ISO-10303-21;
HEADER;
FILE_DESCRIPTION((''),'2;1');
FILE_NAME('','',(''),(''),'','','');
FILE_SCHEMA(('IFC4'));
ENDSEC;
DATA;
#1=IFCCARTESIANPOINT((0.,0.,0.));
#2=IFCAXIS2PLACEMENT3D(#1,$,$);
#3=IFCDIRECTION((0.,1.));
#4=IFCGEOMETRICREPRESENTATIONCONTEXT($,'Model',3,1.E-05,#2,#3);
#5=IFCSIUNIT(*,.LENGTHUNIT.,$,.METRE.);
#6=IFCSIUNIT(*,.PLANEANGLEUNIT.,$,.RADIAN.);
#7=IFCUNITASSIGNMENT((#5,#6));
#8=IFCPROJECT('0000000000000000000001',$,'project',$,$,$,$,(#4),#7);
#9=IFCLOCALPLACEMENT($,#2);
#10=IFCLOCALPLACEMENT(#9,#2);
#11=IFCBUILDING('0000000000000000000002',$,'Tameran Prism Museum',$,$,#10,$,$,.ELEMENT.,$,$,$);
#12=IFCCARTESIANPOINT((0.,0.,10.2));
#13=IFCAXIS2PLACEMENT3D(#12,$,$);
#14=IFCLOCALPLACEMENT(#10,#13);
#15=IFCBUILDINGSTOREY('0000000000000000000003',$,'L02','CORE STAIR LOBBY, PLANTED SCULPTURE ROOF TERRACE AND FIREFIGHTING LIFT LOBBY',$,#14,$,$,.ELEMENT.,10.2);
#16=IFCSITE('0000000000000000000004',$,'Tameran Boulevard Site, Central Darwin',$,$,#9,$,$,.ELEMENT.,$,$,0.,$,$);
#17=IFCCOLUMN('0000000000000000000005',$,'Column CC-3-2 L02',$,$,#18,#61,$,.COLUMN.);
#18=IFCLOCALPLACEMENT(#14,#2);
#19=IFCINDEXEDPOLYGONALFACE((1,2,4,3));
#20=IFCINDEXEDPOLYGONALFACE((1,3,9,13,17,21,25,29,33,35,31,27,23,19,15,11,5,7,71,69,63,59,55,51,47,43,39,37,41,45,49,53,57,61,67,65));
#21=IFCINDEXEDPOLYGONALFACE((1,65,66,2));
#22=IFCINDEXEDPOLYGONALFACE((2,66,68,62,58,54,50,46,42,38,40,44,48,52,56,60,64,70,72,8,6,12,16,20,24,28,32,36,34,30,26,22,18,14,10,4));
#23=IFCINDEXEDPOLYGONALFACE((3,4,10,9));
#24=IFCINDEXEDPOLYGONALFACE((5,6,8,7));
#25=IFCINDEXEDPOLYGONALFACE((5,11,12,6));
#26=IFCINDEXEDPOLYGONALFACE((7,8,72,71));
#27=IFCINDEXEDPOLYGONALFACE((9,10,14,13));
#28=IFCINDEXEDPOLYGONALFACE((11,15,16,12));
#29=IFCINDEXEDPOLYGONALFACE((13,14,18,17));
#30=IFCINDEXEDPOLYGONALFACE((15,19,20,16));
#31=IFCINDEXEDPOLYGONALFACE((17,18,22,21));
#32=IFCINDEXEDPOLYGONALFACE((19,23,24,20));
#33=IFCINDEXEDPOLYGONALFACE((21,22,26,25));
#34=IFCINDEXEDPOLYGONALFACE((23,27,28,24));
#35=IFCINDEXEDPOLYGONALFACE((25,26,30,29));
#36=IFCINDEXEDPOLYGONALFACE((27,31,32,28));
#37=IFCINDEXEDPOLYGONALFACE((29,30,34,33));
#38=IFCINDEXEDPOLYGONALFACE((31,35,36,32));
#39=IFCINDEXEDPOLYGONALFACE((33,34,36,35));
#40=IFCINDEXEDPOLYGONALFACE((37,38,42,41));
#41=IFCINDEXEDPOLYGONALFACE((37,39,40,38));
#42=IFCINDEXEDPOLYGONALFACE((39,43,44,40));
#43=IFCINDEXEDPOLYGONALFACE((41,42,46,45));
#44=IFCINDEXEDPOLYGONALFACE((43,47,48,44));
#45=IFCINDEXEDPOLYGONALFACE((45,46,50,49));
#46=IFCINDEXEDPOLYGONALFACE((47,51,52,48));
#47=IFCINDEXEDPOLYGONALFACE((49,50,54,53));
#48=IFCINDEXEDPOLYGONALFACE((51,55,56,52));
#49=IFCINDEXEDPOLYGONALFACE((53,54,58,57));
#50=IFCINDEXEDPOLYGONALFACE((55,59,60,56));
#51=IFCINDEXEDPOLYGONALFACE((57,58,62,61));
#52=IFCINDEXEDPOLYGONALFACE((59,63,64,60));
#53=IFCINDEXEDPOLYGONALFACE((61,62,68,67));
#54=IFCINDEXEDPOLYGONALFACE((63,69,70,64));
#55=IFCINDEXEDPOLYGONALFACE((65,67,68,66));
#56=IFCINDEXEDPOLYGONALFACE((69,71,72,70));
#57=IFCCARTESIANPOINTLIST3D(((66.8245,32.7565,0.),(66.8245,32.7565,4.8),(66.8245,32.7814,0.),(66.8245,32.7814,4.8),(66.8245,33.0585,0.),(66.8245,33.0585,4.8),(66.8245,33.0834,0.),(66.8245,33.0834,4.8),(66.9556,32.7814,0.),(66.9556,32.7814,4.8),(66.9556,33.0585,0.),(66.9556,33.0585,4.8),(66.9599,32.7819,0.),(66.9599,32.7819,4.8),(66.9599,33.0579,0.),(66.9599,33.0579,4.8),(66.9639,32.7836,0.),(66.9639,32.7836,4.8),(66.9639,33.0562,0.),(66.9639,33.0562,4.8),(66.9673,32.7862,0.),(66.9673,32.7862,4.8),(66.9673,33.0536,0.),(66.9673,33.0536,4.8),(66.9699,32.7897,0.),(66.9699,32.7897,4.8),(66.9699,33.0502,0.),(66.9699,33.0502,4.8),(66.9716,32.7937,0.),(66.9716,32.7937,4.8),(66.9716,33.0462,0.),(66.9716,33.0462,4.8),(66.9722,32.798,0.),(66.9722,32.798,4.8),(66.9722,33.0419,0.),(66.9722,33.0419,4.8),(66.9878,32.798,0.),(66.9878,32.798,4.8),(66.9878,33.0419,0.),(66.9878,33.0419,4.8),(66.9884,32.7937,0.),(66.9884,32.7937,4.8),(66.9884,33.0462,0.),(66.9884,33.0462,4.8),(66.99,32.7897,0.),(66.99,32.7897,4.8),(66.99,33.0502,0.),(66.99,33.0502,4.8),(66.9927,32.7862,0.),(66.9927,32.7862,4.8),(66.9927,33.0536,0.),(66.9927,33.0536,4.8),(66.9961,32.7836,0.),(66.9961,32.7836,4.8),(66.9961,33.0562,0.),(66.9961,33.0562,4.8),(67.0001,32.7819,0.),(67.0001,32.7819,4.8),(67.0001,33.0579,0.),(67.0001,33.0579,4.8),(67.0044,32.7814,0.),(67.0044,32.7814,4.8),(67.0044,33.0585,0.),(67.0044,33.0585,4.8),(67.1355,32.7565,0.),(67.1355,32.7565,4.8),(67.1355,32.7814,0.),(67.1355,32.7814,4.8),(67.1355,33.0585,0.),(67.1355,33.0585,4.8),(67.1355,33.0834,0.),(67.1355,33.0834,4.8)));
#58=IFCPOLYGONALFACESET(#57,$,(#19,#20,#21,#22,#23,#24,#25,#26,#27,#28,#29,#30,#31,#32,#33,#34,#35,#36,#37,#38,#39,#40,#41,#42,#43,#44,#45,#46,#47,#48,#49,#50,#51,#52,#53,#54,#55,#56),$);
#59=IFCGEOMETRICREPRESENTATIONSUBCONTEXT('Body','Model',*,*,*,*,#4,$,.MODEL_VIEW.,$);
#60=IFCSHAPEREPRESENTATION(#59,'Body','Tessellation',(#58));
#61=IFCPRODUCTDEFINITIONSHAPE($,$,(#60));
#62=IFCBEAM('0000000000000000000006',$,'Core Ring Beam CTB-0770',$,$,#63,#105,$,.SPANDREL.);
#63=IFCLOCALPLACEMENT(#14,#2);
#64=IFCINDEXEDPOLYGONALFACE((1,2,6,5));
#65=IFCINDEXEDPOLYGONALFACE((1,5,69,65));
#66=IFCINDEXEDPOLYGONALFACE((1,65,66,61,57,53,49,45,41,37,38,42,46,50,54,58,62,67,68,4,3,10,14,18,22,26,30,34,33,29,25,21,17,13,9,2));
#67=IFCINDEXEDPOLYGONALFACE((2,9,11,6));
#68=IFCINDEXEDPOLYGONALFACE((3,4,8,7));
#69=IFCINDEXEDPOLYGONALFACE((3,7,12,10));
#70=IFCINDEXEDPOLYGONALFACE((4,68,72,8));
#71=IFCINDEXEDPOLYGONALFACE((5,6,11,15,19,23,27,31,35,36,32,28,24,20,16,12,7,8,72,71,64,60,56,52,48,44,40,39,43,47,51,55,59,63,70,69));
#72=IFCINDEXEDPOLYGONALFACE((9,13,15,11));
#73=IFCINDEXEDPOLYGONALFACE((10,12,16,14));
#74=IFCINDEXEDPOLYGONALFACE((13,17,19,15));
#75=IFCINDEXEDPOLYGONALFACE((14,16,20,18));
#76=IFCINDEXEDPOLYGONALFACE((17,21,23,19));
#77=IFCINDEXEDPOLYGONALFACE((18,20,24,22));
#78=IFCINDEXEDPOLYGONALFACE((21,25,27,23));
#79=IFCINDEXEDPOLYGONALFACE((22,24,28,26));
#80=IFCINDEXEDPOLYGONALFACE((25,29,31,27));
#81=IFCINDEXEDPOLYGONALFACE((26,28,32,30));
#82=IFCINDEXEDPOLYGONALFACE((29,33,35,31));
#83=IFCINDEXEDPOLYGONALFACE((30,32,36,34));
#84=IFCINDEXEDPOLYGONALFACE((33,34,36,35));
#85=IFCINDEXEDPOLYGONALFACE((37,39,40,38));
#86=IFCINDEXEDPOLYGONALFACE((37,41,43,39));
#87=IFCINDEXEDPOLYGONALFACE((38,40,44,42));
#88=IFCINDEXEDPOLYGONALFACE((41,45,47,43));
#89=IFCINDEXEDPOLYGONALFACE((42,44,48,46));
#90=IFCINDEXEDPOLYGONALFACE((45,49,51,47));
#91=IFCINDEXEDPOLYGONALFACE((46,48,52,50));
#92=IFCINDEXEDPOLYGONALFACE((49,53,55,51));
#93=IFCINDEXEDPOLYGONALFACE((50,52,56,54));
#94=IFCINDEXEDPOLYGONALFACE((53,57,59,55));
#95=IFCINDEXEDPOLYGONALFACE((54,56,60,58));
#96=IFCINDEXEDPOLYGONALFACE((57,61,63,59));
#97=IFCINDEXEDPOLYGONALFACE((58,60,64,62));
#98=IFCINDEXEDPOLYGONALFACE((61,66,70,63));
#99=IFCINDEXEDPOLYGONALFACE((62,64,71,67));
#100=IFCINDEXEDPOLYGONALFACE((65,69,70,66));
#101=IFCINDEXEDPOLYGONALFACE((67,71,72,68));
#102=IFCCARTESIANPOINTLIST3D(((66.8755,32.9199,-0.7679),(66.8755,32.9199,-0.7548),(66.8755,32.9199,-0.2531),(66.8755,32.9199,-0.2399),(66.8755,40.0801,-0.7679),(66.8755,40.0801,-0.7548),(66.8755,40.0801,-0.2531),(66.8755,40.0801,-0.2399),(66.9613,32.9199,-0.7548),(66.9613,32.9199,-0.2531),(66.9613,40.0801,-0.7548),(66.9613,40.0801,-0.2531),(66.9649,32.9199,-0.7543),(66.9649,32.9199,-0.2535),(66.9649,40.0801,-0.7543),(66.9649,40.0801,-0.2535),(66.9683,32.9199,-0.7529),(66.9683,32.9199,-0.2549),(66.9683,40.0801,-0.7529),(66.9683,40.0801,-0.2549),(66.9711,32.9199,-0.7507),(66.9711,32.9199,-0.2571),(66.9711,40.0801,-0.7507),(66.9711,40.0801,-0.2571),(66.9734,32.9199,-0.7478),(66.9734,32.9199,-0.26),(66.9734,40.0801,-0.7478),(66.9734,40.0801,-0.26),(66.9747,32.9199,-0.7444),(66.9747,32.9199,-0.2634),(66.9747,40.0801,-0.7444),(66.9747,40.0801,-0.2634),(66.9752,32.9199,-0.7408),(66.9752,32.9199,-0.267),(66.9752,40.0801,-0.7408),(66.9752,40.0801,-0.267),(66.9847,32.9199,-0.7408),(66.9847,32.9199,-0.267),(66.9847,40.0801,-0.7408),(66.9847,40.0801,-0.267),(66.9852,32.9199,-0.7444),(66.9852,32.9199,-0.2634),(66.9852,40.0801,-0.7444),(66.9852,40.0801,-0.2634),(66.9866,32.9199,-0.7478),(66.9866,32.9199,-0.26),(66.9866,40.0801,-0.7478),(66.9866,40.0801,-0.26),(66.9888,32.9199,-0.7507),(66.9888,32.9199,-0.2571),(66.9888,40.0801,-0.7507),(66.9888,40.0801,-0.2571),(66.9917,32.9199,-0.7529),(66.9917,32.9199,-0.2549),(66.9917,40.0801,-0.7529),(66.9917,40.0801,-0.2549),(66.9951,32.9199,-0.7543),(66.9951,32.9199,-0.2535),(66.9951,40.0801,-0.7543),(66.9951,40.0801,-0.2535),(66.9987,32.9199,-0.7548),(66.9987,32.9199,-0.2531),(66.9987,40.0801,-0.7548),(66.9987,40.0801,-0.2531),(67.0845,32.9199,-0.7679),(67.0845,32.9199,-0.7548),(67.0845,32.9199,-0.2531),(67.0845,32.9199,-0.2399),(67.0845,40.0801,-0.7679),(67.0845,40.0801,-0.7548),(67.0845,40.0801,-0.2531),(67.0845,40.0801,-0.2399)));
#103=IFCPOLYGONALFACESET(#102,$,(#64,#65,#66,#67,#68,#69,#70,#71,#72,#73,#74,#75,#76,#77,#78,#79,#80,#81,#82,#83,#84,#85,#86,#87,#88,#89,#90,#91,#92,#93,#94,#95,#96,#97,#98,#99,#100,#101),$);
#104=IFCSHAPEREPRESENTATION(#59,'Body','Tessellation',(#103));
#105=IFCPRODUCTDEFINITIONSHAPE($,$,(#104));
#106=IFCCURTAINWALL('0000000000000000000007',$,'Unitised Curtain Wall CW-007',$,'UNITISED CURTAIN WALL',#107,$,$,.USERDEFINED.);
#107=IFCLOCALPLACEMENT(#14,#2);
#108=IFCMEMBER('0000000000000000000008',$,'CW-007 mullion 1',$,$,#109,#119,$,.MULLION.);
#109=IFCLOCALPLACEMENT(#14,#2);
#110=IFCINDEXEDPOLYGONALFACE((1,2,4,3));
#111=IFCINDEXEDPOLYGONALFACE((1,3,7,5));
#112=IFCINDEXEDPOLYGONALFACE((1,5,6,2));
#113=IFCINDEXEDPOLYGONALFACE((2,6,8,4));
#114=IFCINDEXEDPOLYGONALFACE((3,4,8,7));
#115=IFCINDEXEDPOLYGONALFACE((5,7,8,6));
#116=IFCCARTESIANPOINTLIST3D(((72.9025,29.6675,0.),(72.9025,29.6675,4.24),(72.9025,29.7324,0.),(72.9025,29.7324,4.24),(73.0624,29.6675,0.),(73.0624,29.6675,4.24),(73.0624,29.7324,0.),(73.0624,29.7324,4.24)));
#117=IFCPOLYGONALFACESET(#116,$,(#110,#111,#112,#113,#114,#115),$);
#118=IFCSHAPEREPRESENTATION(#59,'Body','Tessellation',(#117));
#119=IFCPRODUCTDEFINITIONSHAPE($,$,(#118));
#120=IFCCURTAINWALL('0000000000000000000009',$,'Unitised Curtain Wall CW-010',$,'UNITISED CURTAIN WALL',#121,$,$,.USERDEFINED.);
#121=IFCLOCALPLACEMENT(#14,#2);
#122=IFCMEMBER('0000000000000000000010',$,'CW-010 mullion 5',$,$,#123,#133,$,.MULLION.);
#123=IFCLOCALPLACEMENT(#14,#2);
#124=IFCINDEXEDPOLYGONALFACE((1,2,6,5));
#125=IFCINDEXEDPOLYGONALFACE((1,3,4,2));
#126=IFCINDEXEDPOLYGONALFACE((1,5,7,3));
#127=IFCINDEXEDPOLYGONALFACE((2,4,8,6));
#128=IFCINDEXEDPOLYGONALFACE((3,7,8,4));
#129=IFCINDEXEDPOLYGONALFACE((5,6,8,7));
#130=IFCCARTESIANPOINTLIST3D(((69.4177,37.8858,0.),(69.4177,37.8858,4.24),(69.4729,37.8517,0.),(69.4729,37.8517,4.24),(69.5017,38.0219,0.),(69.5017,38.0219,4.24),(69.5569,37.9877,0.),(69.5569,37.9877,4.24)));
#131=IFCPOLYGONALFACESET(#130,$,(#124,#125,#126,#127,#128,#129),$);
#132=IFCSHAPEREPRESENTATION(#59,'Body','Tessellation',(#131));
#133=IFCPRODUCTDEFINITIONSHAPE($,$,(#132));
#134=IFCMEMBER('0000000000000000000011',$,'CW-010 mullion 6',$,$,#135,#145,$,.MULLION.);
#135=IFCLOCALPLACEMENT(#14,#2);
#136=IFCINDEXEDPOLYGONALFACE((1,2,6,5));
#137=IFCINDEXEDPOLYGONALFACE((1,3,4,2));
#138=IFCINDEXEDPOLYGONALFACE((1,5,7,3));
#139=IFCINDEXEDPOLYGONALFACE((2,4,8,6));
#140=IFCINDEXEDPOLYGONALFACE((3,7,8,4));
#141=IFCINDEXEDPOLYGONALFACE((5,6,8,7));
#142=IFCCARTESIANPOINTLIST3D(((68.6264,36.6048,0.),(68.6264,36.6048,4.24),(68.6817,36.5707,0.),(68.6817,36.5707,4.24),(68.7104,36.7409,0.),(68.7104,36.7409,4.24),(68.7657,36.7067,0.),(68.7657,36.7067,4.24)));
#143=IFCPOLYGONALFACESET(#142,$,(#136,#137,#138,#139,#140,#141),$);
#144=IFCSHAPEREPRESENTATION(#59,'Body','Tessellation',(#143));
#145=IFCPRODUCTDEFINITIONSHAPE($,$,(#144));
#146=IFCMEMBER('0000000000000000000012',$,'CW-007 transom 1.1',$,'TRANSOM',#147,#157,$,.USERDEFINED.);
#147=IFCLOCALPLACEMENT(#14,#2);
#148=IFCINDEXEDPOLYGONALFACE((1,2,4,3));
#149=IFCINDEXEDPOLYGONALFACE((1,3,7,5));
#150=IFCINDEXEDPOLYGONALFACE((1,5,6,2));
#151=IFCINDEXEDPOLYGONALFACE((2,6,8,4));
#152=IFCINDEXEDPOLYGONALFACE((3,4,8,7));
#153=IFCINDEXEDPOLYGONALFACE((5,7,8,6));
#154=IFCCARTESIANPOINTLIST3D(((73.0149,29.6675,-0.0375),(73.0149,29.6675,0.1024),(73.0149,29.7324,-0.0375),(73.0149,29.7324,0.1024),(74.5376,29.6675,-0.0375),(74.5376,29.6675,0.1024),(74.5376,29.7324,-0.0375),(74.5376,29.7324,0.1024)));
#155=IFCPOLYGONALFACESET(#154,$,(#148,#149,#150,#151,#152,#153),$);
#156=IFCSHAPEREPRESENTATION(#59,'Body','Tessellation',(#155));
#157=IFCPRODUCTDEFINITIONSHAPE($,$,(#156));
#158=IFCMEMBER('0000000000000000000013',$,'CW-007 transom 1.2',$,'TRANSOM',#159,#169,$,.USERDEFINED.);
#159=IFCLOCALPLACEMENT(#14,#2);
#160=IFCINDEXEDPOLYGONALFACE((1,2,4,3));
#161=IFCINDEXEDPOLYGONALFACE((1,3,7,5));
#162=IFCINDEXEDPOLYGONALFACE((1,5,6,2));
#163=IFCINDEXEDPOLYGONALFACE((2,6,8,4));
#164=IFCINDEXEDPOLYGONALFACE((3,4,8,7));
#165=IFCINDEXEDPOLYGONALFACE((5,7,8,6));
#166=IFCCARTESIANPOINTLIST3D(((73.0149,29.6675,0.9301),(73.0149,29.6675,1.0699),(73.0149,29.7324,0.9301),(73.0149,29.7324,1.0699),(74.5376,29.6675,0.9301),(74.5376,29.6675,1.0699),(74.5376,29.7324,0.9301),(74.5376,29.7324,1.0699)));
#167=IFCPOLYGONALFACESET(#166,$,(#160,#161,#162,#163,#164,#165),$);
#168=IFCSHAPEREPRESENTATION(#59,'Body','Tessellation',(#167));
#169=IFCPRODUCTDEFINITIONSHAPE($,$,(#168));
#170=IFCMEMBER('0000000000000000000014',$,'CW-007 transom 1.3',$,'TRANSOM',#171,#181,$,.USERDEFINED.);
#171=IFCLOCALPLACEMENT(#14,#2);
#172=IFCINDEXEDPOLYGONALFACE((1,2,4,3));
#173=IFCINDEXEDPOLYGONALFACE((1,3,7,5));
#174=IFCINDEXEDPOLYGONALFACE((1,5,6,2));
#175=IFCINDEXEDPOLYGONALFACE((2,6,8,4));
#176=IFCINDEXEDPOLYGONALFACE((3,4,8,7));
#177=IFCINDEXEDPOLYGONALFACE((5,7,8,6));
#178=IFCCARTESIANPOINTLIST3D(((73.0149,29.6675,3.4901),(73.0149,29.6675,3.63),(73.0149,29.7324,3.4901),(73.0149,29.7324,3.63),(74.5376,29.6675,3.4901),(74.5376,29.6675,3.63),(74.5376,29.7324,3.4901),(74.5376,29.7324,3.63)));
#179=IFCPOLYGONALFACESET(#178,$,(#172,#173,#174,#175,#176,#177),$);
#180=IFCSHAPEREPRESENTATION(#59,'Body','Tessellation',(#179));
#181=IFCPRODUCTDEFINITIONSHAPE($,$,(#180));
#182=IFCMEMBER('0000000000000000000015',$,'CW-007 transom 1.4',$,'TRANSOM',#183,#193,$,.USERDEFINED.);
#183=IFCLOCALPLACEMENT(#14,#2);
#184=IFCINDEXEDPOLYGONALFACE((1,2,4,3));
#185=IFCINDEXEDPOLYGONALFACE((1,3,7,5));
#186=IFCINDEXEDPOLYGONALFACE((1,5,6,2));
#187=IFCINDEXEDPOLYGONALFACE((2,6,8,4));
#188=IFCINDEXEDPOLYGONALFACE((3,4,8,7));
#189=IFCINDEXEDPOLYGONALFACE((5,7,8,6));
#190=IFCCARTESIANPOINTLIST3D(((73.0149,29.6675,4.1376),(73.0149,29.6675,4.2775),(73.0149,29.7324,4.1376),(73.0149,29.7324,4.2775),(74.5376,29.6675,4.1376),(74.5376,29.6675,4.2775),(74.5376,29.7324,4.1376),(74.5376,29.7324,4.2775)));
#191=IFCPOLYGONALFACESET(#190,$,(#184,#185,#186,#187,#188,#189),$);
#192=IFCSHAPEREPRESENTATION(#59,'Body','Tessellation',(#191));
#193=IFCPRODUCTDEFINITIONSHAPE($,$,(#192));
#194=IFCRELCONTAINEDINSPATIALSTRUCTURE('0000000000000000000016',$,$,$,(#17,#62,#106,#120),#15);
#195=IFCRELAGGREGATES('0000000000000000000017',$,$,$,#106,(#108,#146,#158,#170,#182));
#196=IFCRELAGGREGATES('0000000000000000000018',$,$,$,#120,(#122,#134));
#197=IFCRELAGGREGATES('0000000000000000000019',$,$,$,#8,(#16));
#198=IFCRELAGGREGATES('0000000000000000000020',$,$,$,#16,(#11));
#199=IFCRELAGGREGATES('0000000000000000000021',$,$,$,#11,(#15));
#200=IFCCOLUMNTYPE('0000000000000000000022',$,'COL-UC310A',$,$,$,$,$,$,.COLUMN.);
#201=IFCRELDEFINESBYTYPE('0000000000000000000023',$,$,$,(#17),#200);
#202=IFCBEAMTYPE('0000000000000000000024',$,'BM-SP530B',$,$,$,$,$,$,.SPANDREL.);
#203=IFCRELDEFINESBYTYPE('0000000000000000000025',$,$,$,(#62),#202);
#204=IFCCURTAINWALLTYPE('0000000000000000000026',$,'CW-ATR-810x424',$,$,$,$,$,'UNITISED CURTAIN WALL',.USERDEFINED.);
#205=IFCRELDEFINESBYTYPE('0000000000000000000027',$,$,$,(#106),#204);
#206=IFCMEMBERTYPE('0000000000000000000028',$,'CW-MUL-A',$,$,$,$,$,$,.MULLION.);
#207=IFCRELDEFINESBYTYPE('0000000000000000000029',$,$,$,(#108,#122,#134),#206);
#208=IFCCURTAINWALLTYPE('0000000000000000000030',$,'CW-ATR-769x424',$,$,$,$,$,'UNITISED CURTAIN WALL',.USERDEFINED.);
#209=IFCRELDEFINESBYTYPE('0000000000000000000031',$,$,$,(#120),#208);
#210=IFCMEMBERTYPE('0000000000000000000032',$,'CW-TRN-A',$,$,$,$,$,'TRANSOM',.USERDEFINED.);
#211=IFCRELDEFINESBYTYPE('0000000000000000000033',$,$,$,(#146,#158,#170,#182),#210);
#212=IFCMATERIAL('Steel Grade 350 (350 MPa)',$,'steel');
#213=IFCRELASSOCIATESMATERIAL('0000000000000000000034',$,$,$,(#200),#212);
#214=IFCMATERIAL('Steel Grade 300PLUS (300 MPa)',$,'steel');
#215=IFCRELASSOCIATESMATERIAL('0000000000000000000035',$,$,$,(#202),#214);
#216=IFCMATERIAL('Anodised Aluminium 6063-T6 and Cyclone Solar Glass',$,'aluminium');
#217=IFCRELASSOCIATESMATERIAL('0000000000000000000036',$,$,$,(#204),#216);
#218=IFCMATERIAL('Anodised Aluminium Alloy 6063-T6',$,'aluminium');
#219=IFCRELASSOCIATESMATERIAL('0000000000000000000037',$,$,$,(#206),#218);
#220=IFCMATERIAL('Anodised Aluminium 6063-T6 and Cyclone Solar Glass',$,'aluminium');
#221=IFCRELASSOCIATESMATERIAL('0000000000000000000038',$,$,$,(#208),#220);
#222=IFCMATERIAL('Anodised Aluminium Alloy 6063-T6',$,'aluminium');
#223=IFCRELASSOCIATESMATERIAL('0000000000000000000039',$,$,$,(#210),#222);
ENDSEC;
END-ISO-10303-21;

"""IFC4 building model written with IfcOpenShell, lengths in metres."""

from ifc_helpers import new_model, si_unit, direction, frame, origin, origin_2d, place, context, subcontext, project, spatial, rectangle, i_section, extrude, material, material_profile, profile_set, type_object, element, aggregate, save


model = new_model("IFC4")

# Units and contexts
model_context = context("Model", 3, precision=1e-05, world=origin(), true_north=direction((0.0, 1.0)))
body_context = subcontext(model_context, "Body", "Model", "MODEL_VIEW")
ifc_project = project(units=[si_unit("LENGTHUNIT", "METRE"), si_unit("PLANEANGLEUNIT", "RADIAN")], contexts=[model_context])

# Site, building, storey
site_placement = place(None, origin())
site = spatial("IfcSite", under=ifc_project, at=site_placement, Name="Tameran Boulevard Site, Central Darwin", CompositionType="ELEMENT", RefElevation=0.0)
building_placement = place(site_placement, origin())
building = spatial("IfcBuilding", under=site, at=building_placement, Name="Tameran Prism Museum", CompositionType="ELEMENT")
storey_placement = place(building_placement, frame((0.0, 0.0, 10.2)))
storey = spatial("IfcBuildingStorey", under=building, at=storey_placement, Name="L02", Description="CORE STAIR LOBBY, PLANTED SCULPTURE ROOF TERRACE AND FIREFIGHTING LIFT LOBBY", CompositionType="ELEMENT", Elevation=10.2)

# Column
ifc_material_1 = material(Name="Steel Grade 350 (350 MPa)", Category="steel")
ifc_material_profile_1 = material_profile(ifc_material_1, i_section(OverallWidth=0.311, OverallDepth=0.3269, WebThickness=0.0156, FlangeThickness=0.0249, FilletRadius=0.0166, at=origin_2d()))
ifc_profile_set_1 = profile_set([ifc_material_profile_1])
column_type = type_object("IfcColumnType", Name="COL-UC310A", PredefinedType="COLUMN", material=ifc_profile_set_1)
column_placement = place(storey_placement, frame((66.98, 32.9199, 0.0), z_axis=(0.0, 0.0, 1.0), x_axis=(1.0, 0.0, 0.0)))
element("IfcColumn", 1, at=column_placement, inside=storey, type_object=column_type, Name="Column CC-3-2 L02", PredefinedType="COLUMN", context=body_context, shape_type="SweptSolid", body=[
    extrude(i_section(OverallWidth=0.311, OverallDepth=0.3269, WebThickness=0.0156, FlangeThickness=0.0249, FilletRadius=0.0166, at=origin_2d()), origin(), (0.0, 0.0, 1.0), 4.8),
])

# Beam
ifc_material_2 = material(Name="Steel Grade 300PLUS (300 MPa)", Category="steel")
ifc_material_profile_2 = material_profile(ifc_material_2, i_section(OverallWidth=0.209, OverallDepth=0.5281, WebThickness=0.0095, FlangeThickness=0.0132, FilletRadius=0.0139, at=origin_2d()))
ifc_profile_set_2 = profile_set([ifc_material_profile_2])
beam_type = type_object("IfcBeamType", Name="BM-SP530B", PredefinedType="SPANDREL", material=ifc_profile_set_2)
beam_placement = place(storey_placement, frame((66.98, 32.9199, -0.5039), z_axis=(0.0, 1.0, 0.0), x_axis=(-1.0, 0.0, 0.0)))
element("IfcBeam", 2, at=beam_placement, inside=storey, type_object=beam_type, Name="Core Ring Beam CTB-0770", PredefinedType="SPANDREL", context=body_context, shape_type="SweptSolid", body=[
    extrude(i_section(OverallWidth=0.209, OverallDepth=0.5281, WebThickness=0.0095, FlangeThickness=0.0132, FilletRadius=0.0139, at=origin_2d()), origin(), (0.0, 0.0, 1.0), 7.1602),
])

# Curtain wall, member
ifc_material_3 = material(Name="Anodised Aluminium 6063-T6 and Cyclone Solar Glass", Category="aluminium")
curtain_wall_type_1 = type_object("IfcCurtainWallType", Name="CW-ATR-810x424", ElementType="UNITISED CURTAIN WALL", PredefinedType="USERDEFINED", material=ifc_material_3)
curtain_wall_1_placement = place(storey_placement, origin())
curtain_wall_1 = element("IfcCurtainWall", 3, at=curtain_wall_1_placement, inside=storey, type_object=curtain_wall_type_1, Name="Unitised Curtain Wall CW-007", ObjectType="UNITISED CURTAIN WALL", PredefinedType="USERDEFINED")
ifc_material_4 = material(Name="Anodised Aluminium Alloy 6063-T6", Category="aluminium")
ifc_material_profile_3 = material_profile(ifc_material_4, rectangle(XDim=0.0649, YDim=0.1599, at=origin_2d()))
ifc_profile_set_3 = profile_set([ifc_material_profile_3])
member_type_1 = type_object("IfcMemberType", Name="CW-MUL-A", PredefinedType="MULLION", material=ifc_profile_set_3)
member_1_placement = place(storey_placement, frame((72.9824, 29.7, 0.0), z_axis=(0.0, 0.0, 1.0), x_axis=(0.0, 1.0, 0.0)))
member_1 = element("IfcMember", 4, at=member_1_placement, type_object=member_type_1, Name="CW-007 mullion 1", PredefinedType="MULLION", context=body_context, shape_type="SweptSolid", body=[
    extrude(rectangle(XDim=0.0649, YDim=0.1599, at=origin_2d()), origin(), (0.0, 0.0, 1.0), 4.24),
])

# Curtain wall, members
ifc_material_5 = material(Name="Anodised Aluminium 6063-T6 and Cyclone Solar Glass", Category="aluminium")
curtain_wall_type_2 = type_object("IfcCurtainWallType", Name="CW-ATR-769x424", ElementType="UNITISED CURTAIN WALL", PredefinedType="USERDEFINED", material=ifc_material_5)
curtain_wall_2_placement = place(storey_placement, origin())
curtain_wall_2 = element("IfcCurtainWall", 5, at=curtain_wall_2_placement, inside=storey, type_object=curtain_wall_type_2, Name="Unitised Curtain Wall CW-010", ObjectType="UNITISED CURTAIN WALL", PredefinedType="USERDEFINED")
member_2_placement = place(storey_placement, frame((69.4873, 37.9368, 0.0), z_axis=(0.0, 0.0, 1.0), x_axis=(0.850791, -0.525504, 0.0)))
member_2 = element("IfcMember", 6, at=member_2_placement, type_object=member_type_1, Name="CW-010 mullion 5", PredefinedType="MULLION", context=body_context, shape_type="SweptSolid", body=[
    extrude(rectangle(XDim=0.0649, YDim=0.1599, at=origin_2d()), origin(), (0.0, 0.0, 1.0), 4.24),
])
member_3_placement = place(storey_placement, frame((68.696, 36.6558, 0.0), z_axis=(0.0, 0.0, 1.0), x_axis=(0.850791, -0.525504, 0.0)))
member_3 = element("IfcMember", 7, at=member_3_placement, type_object=member_type_1, Name="CW-010 mullion 6", PredefinedType="MULLION", context=body_context, shape_type="SweptSolid", body=[
    extrude(rectangle(XDim=0.0649, YDim=0.1599, at=origin_2d()), origin(), (0.0, 0.0, 1.0), 4.24),
])

# Members
ifc_material_6 = material(Name="Anodised Aluminium Alloy 6063-T6", Category="aluminium")
ifc_material_profile_4 = material_profile(ifc_material_6, rectangle(XDim=0.0649, YDim=0.1399, at=origin_2d()))
ifc_profile_set_4 = profile_set([ifc_material_profile_4])
member_type_2 = type_object("IfcMemberType", Name="CW-TRN-A", ElementType="TRANSOM", PredefinedType="USERDEFINED", material=ifc_profile_set_4)
member_4_placement = place(storey_placement, frame((73.0149, 29.7, 0.0325), z_axis=(1.0, 0.0, 0.0), x_axis=(0.0, 1.0, 0.0)))
member_4 = element("IfcMember", 8, at=member_4_placement, type_object=member_type_2, Name="CW-007 transom 1.1", ObjectType="TRANSOM", PredefinedType="USERDEFINED", context=body_context, shape_type="SweptSolid", body=[
    extrude(rectangle(XDim=0.0649, YDim=0.1399, at=origin_2d()), origin(), (0.0, 0.0, 1.0), 1.5227),
])
member_5_placement = place(storey_placement, frame((73.0149, 29.7, 1.0), z_axis=(1.0, 0.0, 0.0), x_axis=(0.0, 1.0, 0.0)))
member_5 = element("IfcMember", 9, at=member_5_placement, type_object=member_type_2, Name="CW-007 transom 1.2", ObjectType="TRANSOM", PredefinedType="USERDEFINED", context=body_context, shape_type="SweptSolid", body=[
    extrude(rectangle(XDim=0.0649, YDim=0.1399, at=origin_2d()), origin(), (0.0, 0.0, 1.0), 1.5227),
])
member_6_placement = place(storey_placement, frame((73.0149, 29.7, 3.5601), z_axis=(1.0, 0.0, 0.0), x_axis=(0.0, 1.0, 0.0)))
member_6 = element("IfcMember", 10, at=member_6_placement, type_object=member_type_2, Name="CW-007 transom 1.3", ObjectType="TRANSOM", PredefinedType="USERDEFINED", context=body_context, shape_type="SweptSolid", body=[
    extrude(rectangle(XDim=0.0649, YDim=0.1399, at=origin_2d()), origin(), (0.0, 0.0, 1.0), 1.5227),
])
member_7_placement = place(storey_placement, frame((73.0149, 29.7, 4.2075), z_axis=(1.0, 0.0, 0.0), x_axis=(0.0, 1.0, 0.0)))
member_7 = element("IfcMember", 11, at=member_7_placement, type_object=member_type_2, Name="CW-007 transom 1.4", ObjectType="TRANSOM", PredefinedType="USERDEFINED", context=body_context, shape_type="SweptSolid", body=[
    extrude(rectangle(XDim=0.0649, YDim=0.1399, at=origin_2d()), origin(), (0.0, 0.0, 1.0), 1.5227),
])

aggregate(curtain_wall_1, [member_1, member_4, member_5, member_6, member_7])
aggregate(curtain_wall_2, [member_2, member_3])

save(model, "model.ifc")
